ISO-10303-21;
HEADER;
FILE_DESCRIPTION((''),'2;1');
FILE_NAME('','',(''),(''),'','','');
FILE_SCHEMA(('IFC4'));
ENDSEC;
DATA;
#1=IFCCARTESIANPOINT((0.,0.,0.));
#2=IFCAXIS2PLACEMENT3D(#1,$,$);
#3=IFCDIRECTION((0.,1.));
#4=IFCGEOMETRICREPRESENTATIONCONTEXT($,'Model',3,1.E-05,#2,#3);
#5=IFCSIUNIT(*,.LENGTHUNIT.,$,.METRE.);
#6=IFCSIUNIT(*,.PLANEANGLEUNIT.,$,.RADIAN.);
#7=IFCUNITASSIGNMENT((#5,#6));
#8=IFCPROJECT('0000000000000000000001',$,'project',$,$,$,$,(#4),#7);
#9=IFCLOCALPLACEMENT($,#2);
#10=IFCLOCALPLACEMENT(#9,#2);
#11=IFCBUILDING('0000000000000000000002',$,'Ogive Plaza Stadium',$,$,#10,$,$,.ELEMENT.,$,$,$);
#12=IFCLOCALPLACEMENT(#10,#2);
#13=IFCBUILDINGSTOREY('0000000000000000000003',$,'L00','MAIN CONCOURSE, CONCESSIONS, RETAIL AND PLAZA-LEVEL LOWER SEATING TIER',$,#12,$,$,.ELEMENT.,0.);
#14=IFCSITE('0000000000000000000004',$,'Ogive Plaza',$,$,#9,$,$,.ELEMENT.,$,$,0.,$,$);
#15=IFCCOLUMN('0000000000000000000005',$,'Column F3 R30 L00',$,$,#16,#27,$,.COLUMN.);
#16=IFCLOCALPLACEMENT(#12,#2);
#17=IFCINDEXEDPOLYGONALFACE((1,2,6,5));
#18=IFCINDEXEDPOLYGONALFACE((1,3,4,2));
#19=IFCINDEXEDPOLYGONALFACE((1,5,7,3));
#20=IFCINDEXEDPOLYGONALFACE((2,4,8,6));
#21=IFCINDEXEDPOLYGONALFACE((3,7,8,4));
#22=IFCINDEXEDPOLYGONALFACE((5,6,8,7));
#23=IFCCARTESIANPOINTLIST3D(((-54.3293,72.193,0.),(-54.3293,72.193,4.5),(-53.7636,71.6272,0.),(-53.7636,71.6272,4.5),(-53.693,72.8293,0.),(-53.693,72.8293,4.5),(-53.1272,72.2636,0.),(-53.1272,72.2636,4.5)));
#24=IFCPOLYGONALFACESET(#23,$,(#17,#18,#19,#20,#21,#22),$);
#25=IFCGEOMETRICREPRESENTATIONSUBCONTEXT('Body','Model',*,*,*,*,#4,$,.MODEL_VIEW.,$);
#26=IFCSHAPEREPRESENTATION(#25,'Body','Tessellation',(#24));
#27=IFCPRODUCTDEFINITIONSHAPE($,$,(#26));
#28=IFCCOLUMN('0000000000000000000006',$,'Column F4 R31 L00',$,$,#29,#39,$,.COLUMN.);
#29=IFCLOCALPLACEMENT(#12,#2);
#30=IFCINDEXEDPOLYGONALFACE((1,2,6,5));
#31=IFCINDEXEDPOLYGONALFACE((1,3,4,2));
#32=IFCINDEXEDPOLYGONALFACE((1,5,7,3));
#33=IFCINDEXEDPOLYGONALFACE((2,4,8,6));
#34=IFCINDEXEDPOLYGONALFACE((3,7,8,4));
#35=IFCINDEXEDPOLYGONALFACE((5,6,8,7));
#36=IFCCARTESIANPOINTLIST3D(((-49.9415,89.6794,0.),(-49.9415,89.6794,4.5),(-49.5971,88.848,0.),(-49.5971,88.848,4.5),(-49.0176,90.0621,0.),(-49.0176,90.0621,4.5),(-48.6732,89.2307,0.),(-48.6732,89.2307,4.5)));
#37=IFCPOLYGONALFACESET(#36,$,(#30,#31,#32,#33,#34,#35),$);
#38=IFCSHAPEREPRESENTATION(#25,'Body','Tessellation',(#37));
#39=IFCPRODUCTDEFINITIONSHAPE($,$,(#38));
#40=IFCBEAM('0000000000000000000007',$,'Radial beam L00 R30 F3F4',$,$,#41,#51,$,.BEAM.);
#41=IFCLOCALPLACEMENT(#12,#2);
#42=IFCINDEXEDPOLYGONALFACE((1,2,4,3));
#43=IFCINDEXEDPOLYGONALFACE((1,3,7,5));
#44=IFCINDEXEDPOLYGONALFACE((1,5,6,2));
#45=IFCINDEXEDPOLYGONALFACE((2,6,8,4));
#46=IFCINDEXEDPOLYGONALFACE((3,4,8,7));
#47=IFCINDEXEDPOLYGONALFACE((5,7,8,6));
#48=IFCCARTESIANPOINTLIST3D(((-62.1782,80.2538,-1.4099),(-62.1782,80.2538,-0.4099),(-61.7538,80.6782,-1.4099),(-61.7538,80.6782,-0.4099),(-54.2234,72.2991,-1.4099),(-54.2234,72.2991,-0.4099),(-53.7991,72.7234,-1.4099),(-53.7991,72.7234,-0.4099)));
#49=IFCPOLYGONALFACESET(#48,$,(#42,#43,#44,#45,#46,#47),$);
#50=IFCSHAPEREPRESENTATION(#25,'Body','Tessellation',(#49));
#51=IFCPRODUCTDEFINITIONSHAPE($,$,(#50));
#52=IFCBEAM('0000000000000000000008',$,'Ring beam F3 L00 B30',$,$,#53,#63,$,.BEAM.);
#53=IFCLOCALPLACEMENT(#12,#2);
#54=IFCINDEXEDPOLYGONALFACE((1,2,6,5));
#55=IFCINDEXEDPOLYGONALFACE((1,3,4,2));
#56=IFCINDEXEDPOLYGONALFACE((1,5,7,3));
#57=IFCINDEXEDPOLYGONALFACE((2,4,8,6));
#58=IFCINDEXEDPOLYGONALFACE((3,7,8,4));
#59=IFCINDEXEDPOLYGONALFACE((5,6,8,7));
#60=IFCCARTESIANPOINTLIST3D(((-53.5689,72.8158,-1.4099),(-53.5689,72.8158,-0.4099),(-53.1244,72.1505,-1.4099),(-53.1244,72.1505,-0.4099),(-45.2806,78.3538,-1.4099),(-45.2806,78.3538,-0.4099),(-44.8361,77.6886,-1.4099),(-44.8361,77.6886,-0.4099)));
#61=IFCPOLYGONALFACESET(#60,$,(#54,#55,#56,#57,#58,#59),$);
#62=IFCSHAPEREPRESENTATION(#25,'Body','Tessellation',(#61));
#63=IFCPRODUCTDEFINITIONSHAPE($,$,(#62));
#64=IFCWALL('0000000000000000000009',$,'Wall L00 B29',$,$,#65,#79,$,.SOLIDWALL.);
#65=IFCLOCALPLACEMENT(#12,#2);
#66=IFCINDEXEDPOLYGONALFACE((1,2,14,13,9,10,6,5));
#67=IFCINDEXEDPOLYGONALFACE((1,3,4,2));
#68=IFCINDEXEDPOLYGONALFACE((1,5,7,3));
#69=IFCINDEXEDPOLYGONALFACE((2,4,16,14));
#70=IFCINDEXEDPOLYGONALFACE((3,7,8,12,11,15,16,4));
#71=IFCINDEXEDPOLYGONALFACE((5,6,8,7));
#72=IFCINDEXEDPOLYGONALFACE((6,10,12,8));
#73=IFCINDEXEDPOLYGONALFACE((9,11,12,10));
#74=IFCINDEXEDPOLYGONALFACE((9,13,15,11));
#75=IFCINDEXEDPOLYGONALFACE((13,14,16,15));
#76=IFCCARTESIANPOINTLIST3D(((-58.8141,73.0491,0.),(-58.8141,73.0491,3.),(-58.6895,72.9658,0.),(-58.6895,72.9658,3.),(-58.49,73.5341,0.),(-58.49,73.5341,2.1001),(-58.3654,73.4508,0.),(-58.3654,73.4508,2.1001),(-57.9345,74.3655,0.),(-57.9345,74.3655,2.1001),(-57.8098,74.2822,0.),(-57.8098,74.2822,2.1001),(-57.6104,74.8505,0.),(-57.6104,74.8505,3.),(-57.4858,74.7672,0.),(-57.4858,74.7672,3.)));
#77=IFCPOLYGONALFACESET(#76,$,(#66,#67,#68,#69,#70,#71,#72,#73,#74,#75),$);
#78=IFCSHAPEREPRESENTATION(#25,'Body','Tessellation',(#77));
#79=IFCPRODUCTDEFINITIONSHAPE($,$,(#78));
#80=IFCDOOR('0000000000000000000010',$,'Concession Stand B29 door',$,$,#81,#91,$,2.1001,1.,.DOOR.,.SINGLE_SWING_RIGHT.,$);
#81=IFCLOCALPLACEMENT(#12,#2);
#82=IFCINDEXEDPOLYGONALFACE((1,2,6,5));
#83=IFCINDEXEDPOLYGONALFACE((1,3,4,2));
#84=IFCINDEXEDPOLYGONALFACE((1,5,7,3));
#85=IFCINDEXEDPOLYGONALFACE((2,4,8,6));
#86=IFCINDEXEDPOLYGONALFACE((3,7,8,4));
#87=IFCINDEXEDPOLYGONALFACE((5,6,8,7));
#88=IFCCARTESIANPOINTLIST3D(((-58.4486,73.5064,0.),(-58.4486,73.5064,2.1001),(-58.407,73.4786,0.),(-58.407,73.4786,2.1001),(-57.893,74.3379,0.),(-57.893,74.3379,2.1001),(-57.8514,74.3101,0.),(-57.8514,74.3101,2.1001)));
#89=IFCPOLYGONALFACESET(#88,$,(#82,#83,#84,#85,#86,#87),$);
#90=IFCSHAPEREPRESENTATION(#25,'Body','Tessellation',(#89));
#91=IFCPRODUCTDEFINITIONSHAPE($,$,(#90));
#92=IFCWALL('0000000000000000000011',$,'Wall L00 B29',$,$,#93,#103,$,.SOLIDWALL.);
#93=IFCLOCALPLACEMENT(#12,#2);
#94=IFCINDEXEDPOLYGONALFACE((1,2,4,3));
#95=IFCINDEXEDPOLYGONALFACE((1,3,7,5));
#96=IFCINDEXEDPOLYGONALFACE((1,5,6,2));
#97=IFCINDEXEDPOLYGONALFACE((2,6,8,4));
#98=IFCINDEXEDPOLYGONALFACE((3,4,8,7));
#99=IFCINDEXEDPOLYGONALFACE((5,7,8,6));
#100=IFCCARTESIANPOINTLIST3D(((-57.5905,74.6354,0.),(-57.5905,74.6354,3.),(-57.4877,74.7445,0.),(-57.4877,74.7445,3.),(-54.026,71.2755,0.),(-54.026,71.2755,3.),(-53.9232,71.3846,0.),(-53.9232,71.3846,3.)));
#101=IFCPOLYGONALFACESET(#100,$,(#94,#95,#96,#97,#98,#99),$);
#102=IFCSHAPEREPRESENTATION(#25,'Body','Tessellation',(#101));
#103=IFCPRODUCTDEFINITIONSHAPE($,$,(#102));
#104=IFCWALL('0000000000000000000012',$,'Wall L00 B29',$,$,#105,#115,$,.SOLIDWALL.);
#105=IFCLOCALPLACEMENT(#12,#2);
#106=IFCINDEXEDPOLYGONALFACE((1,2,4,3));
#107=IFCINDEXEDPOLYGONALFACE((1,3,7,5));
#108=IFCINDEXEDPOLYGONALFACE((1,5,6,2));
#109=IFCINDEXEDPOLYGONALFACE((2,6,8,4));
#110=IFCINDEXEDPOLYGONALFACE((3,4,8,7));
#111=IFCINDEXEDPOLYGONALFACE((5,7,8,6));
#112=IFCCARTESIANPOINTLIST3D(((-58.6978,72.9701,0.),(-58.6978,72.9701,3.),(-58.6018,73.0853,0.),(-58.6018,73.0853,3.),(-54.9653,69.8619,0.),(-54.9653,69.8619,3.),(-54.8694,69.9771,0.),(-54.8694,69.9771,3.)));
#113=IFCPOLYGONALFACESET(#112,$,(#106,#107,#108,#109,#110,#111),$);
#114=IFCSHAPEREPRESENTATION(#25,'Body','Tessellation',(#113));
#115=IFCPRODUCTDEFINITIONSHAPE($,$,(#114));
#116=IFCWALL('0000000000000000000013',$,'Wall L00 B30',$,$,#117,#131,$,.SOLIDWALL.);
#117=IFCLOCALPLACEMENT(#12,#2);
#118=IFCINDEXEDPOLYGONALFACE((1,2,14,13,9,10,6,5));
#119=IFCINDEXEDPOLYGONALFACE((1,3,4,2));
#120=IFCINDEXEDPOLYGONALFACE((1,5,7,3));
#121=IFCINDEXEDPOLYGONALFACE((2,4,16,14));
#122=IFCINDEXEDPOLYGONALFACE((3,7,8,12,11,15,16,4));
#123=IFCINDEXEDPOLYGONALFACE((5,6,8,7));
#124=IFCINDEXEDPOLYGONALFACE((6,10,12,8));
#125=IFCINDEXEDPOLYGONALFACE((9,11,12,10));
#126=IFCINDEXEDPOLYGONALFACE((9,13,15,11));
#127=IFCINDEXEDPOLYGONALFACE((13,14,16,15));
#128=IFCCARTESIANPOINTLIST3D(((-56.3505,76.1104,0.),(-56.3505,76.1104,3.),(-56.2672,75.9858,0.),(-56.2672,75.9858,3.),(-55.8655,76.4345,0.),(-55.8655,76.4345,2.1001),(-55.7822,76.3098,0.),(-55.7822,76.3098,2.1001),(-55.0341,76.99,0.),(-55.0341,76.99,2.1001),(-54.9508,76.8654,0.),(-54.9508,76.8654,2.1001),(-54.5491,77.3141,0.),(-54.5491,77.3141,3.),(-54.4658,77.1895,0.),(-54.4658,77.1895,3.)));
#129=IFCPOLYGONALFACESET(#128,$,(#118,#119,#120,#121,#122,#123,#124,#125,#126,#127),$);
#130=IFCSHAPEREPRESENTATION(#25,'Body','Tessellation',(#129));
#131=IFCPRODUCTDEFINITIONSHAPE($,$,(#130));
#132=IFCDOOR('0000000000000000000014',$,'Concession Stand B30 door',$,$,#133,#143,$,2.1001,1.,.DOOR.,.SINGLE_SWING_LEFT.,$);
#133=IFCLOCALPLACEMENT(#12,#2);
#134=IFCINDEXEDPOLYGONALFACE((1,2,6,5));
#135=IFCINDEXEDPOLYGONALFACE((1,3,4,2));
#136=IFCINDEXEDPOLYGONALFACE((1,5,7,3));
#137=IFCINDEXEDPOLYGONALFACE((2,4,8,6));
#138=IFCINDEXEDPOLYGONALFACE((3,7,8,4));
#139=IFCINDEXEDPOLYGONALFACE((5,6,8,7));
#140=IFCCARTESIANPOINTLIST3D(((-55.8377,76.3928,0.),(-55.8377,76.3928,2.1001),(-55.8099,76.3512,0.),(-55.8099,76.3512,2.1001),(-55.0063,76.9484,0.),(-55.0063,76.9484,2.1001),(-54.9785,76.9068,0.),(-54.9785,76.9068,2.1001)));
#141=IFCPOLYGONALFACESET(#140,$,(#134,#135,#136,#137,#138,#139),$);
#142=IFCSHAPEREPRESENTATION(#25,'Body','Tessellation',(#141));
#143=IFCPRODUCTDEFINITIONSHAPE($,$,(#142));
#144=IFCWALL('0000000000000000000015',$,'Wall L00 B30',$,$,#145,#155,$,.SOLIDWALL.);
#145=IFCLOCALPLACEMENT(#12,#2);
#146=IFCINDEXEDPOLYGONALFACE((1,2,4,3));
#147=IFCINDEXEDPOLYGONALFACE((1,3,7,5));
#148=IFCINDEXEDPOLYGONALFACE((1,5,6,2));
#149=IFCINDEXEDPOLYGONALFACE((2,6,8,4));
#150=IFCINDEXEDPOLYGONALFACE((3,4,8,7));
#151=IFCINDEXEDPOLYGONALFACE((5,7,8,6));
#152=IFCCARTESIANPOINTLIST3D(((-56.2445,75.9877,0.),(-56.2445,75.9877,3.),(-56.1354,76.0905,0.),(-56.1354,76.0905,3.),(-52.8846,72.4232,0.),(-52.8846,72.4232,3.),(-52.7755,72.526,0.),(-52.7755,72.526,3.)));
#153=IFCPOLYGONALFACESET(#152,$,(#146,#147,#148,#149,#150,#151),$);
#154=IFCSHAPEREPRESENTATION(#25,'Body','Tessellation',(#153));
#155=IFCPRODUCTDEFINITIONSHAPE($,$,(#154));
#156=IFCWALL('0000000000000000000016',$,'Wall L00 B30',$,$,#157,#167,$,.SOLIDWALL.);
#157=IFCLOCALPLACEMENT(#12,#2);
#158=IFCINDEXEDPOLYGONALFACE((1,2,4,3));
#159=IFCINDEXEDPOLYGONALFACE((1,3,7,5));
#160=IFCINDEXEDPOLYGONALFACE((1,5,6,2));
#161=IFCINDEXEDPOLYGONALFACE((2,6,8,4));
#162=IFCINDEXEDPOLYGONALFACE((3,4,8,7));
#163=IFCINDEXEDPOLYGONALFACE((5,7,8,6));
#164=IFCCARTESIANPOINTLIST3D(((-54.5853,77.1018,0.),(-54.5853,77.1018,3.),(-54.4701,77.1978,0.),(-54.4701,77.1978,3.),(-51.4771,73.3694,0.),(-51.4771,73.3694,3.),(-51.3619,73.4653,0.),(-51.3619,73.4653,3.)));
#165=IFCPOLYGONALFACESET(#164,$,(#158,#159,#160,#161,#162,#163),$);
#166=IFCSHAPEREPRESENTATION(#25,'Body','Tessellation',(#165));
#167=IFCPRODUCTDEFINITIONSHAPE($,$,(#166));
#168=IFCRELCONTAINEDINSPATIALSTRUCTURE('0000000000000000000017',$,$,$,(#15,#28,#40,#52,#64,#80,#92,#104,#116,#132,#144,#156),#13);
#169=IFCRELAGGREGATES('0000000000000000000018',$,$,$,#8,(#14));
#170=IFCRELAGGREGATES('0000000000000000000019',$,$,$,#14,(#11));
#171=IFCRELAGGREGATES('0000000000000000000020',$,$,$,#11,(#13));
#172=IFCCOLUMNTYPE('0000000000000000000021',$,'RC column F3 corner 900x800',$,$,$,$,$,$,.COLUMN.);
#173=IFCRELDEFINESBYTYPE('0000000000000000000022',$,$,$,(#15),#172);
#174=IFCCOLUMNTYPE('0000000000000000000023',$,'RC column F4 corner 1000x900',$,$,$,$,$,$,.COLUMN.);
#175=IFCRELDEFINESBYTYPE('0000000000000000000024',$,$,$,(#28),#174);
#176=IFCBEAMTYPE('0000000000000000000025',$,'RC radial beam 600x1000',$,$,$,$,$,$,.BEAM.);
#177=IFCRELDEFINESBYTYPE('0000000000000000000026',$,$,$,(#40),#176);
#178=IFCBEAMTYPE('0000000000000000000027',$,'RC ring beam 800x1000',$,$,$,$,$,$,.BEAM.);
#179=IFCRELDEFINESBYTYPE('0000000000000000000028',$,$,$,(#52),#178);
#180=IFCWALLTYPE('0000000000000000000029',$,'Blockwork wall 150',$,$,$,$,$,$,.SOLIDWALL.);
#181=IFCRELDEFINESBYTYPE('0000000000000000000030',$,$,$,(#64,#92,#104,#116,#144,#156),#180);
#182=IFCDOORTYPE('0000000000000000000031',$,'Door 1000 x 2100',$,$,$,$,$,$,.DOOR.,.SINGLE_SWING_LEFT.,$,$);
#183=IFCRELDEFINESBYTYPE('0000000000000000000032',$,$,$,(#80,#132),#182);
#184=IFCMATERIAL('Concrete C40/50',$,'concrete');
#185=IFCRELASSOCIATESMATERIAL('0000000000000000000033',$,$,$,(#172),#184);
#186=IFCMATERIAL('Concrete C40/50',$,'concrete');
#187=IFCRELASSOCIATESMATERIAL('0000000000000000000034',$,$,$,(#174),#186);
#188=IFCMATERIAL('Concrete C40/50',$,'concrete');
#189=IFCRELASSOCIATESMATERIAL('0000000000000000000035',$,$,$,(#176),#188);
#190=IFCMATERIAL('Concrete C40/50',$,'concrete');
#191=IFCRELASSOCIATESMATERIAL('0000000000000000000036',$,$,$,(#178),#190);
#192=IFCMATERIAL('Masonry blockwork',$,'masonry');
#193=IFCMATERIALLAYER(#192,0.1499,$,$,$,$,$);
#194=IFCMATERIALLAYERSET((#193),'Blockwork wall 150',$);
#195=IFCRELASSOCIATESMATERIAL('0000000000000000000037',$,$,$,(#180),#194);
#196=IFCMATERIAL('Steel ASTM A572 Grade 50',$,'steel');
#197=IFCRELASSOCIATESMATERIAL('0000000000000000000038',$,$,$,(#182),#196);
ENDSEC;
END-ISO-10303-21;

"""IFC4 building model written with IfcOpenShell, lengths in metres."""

from ifc_helpers import new_model, si_unit, direction, frame, frame_2d, origin, origin_2d, place, context, subcontext, project, spatial, rectangle, extrude, material, layer, layer_set, material_profile, profile_set, type_object, element, fill, save


model = new_model("IFC4")

# Units and contexts
model_context = context("Model", 3, precision=1e-05, world=origin(), true_north=direction((0.0, 1.0)))
body_context = subcontext(model_context, "Body", "Model", "MODEL_VIEW")
ifc_project = project(units=[si_unit("LENGTHUNIT", "METRE"), si_unit("PLANEANGLEUNIT", "RADIAN")], contexts=[model_context])

# Site, building, storey
site_placement = place(None, origin())
site = spatial("IfcSite", under=ifc_project, at=site_placement, Name="Ogive Plaza", CompositionType="ELEMENT", RefElevation=0.0)
building_placement = place(site_placement, origin())
building = spatial("IfcBuilding", under=site, at=building_placement, Name="Ogive Plaza Stadium", CompositionType="ELEMENT")
storey_placement = place(building_placement, origin())
storey = spatial("IfcBuildingStorey", under=building, at=storey_placement, Name="L00", Description="MAIN CONCOURSE, CONCESSIONS, RETAIL AND PLAZA-LEVEL LOWER SEATING TIER", CompositionType="ELEMENT", Elevation=0.0)

# Columns
ifc_material_1 = material(Name="Concrete C40/50", Category="concrete")
ifc_material_profile_1 = material_profile(ifc_material_1, rectangle(XDim=0.8999, YDim=0.8, at=origin_2d()), Name="RC 900x800")
ifc_profile_set_1 = profile_set([ifc_material_profile_1], Name="Concrete C40/50")
column_type_1 = type_object("IfcColumnType", Name="RC column F3 corner 900x800", PredefinedType="COLUMN", material=ifc_profile_set_1)
column_1_placement = place(storey_placement, frame((-53.7283, 72.2283, 0.0), z_axis=(0.0, 0.0, 1.0), x_axis=(-0.707107, -0.707107, 0.0)))
element("IfcColumn", 1, at=column_1_placement, inside=storey, type_object=column_type_1, Name="Column F3 R30 L00", PredefinedType="COLUMN", context=body_context, shape_type="SweptSolid", body=[
    extrude(rectangle(XDim=0.8999, YDim=0.8, at=origin_2d()), origin(), (0.0, 0.0, 1.0), 4.5),
])
ifc_material_2 = material(Name="Concrete C40/50", Category="concrete")
ifc_material_profile_2 = material_profile(ifc_material_2, rectangle(XDim=1.0, YDim=0.8999, at=origin_2d()), Name="RC 1000x900")
ifc_profile_set_2 = profile_set([ifc_material_profile_2], Name="Concrete C40/50")
column_type_2 = type_object("IfcColumnType", Name="RC column F4 corner 1000x900", PredefinedType="COLUMN", material=ifc_profile_set_2)
column_2_placement = place(storey_placement, frame((-49.3074, 89.4551, 0.0), z_axis=(0.0, 0.0, 1.0), x_axis=(-0.92388, -0.382683, 0.0)))
element("IfcColumn", 2, at=column_2_placement, inside=storey, type_object=column_type_2, Name="Column F4 R31 L00", PredefinedType="COLUMN", context=body_context, shape_type="SweptSolid", body=[
    extrude(rectangle(XDim=1.0, YDim=0.8999, at=origin_2d()), origin(), (0.0, 0.0, 1.0), 4.5),
])

# Beams
ifc_material_3 = material(Name="Concrete C40/50", Category="concrete")
ifc_material_profile_3 = material_profile(ifc_material_3, rectangle(XDim=0.6001, YDim=1.0, at=origin_2d()), Name="RC 600x1000")
ifc_profile_set_3 = profile_set([ifc_material_profile_3], Name="Concrete C40/50")
beam_type_1 = type_object("IfcBeamType", Name="RC radial beam 600x1000", PredefinedType="BEAM", material=ifc_profile_set_3)
beam_1_placement = place(storey_placement, frame((-54.0112, 72.5112, -0.9099), z_axis=(-0.707107, 0.707107, 0.0), x_axis=(-0.707107, -0.707107, 0.0)))
element("IfcBeam", 3, at=beam_1_placement, inside=storey, type_object=beam_type_1, Name="Radial beam L00 R30 F3F4", PredefinedType="BEAM", context=body_context, shape_type="SweptSolid", body=[
    extrude(rectangle(XDim=0.6001, YDim=1.0, at=origin_2d()), origin(), (0.0, 0.0, 1.0), 11.2498),
])
ifc_material_4 = material(Name="Concrete C40/50", Category="concrete")
ifc_material_profile_4 = material_profile(ifc_material_4, rectangle(XDim=0.8, YDim=1.0, at=origin_2d()), Name="RC 800x1000")
ifc_profile_set_4 = profile_set([ifc_material_profile_4], Name="Concrete C40/50")
beam_type_2 = type_object("IfcBeamType", Name="RC ring beam 800x1000", PredefinedType="BEAM", material=ifc_profile_set_4)
beam_2_placement = place(storey_placement, frame((-53.3467, 72.4832, -0.9099), z_axis=(0.83147, 0.55557, 0.0), x_axis=(-0.55557, 0.83147, 0.0)))
element("IfcBeam", 4, at=beam_2_placement, inside=storey, type_object=beam_type_2, Name="Ring beam F3 L00 B30", PredefinedType="BEAM", context=body_context, shape_type="SweptSolid", body=[
    extrude(rectangle(XDim=0.8, YDim=1.0, at=origin_2d()), origin(), (0.0, 0.0, 1.0), 9.9683),
])

# Wall, opening, door
ifc_material_5 = material(Name="Masonry blockwork", Category="masonry")
ifc_layer_1 = layer(ifc_material_5, 0.1499)
ifc_layer_set_1 = layer_set([ifc_layer_1], Name="Blockwork wall 150")
wall_type_1 = type_object("IfcWallType", Name="Blockwork wall 150", PredefinedType="SOLIDWALL", material=ifc_layer_set_1)
wall_1_placement = place(storey_placement, frame((-57.5481, 74.8088, 0.0), z_axis=(0.0, 0.0, 1.0), x_axis=(-0.555584, -0.83146, 0.0)))
wall_1 = element("IfcWall", 5, at=wall_1_placement, inside=storey, type_object=wall_type_1, Name="Wall L00 B29", PredefinedType="SOLIDWALL", context=body_context, shape_type="SweptSolid", body=[
    extrude(rectangle(XDim=2.1665, YDim=0.1499, at=frame_2d((1.0833, 0.0))), origin(), (0.0, 0.0, 1.0), 3.0),
])
opening_1_placement = place(wall_1_placement, frame((0.5833, 0.0, 0.0)))
opening_1 = element("IfcOpeningElement", 6, at=opening_1_placement, cuts=wall_1, PredefinedType="OPENING", context=body_context, shape_type="SweptSolid", body=[
    extrude(rectangle(XDim=1.0, YDim=2.1001, at=frame_2d((0.5, 1.05))), frame((0.0, 0.075, 0.0), z_axis=(0.0, -1.0, 0.0), x_axis=(1.0, 0.0, 0.0)), (0.0, 0.0, 1.0), 0.1499),
])
ifc_material_6 = material(Name="Steel ASTM A572 Grade 50", Category="steel")
door_type_1 = type_object("IfcDoorType", Name="Door 1000 x 2100", OperationType="SINGLE_SWING_LEFT", PredefinedType="DOOR", material=ifc_material_6)
door_1_placement = place(opening_1_placement, origin())
door_1 = element("IfcDoor", 7, at=door_1_placement, inside=storey, type_object=door_type_1, Name="Concession Stand B29 door", OperationType="SINGLE_SWING_RIGHT", OverallHeight=2.1001, OverallWidth=1.0, PredefinedType="DOOR", context=body_context, shape_type="SweptSolid", body=[
    extrude(rectangle(XDim=1.0, YDim=2.1001, at=frame_2d((0.5, 1.05))), frame((0.0, 0.0249, 0.0), z_axis=(0.0, -1.0, 0.0), x_axis=(1.0, 0.0, 0.0)), (0.0, 0.0, 1.0), 0.05),
])
fill(opening_1, door_1)

# Walls
wall_2_placement = place(storey_placement, frame((-53.9746, 71.3301, 0.0), z_axis=(0.0, 0.0, 1.0), x_axis=(-0.727682, 0.685915, 0.0)))
element("IfcWall", 8, at=wall_2_placement, inside=storey, type_object=wall_type_1, Name="Wall L00 B29", PredefinedType="SOLIDWALL", context=body_context, shape_type="SweptSolid", body=[
    extrude(rectangle(XDim=4.8984, YDim=0.1499, at=frame_2d((2.4492, 0.0))), origin(), (0.0, 0.0, 1.0), 3.0),
])
wall_3_placement = place(storey_placement, frame((-54.9172, 69.9194, 0.0), z_axis=(0.0, 0.0, 1.0), x_axis=(-0.768444, 0.639917, 0.0)))
element("IfcWall", 9, at=wall_3_placement, inside=storey, type_object=wall_type_1, Name="Wall L00 B29", PredefinedType="SOLIDWALL", context=body_context, shape_type="SweptSolid", body=[
    extrude(rectangle(XDim=4.8572, YDim=0.1499, at=frame_2d((2.4287, 0.0))), origin(), (0.0, 0.0, 1.0), 3.0),
])

# Wall, opening, door
wall_4_placement = place(storey_placement, frame((-56.3088, 76.0481, 0.0), z_axis=(0.0, 0.0, 1.0), x_axis=(0.83146, 0.555584, 0.0)))
wall_4 = element("IfcWall", 10, at=wall_4_placement, inside=storey, type_object=wall_type_1, Name="Wall L00 B30", PredefinedType="SOLIDWALL", context=body_context, shape_type="SweptSolid", body=[
    extrude(rectangle(XDim=2.1665, YDim=0.1499, at=frame_2d((1.0833, 0.0))), origin(), (0.0, 0.0, 1.0), 3.0),
])
opening_2_placement = place(wall_4_placement, frame((0.5833, 0.0, 0.0)))
opening_2 = element("IfcOpeningElement", 11, at=opening_2_placement, cuts=wall_4, PredefinedType="OPENING", context=body_context, shape_type="SweptSolid", body=[
    extrude(rectangle(XDim=1.0, YDim=2.1001, at=frame_2d((0.5, 1.05))), frame((0.0, 0.075, 0.0), z_axis=(0.0, -1.0, 0.0), x_axis=(1.0, 0.0, 0.0)), (0.0, 0.0, 1.0), 0.1499),
])
door_2_placement = place(opening_2_placement, origin())
door_2 = element("IfcDoor", 12, at=door_2_placement, inside=storey, type_object=door_type_1, Name="Concession Stand B30 door", OperationType="SINGLE_SWING_LEFT", OverallHeight=2.1001, OverallWidth=1.0, PredefinedType="DOOR", context=body_context, shape_type="SweptSolid", body=[
    extrude(rectangle(XDim=1.0, YDim=2.1001, at=frame_2d((0.5, 1.05))), frame((0.0, 0.0249, 0.0), z_axis=(0.0, -1.0, 0.0), x_axis=(1.0, 0.0, 0.0)), (0.0, 0.0, 1.0), 0.05),
])
fill(opening_2, door_2)

# Walls
wall_5_placement = place(storey_placement, frame((-52.8301, 72.4746, 0.0), z_axis=(0.0, 0.0, 1.0), x_axis=(-0.685915, 0.727682, 0.0)))
element("IfcWall", 13, at=wall_5_placement, inside=storey, type_object=wall_type_1, Name="Wall L00 B30", PredefinedType="SOLIDWALL", context=body_context, shape_type="SweptSolid", body=[
    extrude(rectangle(XDim=4.8984, YDim=0.1499, at=frame_2d((2.4492, 0.0))), origin(), (0.0, 0.0, 1.0), 3.0),
])
wall_6_placement = place(storey_placement, frame((-51.4194, 73.4172, 0.0), z_axis=(0.0, 0.0, 1.0), x_axis=(-0.639917, 0.768444, 0.0)))
element("IfcWall", 14, at=wall_6_placement, inside=storey, type_object=wall_type_1, Name="Wall L00 B30", PredefinedType="SOLIDWALL", context=body_context, shape_type="SweptSolid", body=[
    extrude(rectangle(XDim=4.8572, YDim=0.1499, at=frame_2d((2.4287, 0.0))), origin(), (0.0, 0.0, 1.0), 3.0),
])

save(model, "model.ifc")
